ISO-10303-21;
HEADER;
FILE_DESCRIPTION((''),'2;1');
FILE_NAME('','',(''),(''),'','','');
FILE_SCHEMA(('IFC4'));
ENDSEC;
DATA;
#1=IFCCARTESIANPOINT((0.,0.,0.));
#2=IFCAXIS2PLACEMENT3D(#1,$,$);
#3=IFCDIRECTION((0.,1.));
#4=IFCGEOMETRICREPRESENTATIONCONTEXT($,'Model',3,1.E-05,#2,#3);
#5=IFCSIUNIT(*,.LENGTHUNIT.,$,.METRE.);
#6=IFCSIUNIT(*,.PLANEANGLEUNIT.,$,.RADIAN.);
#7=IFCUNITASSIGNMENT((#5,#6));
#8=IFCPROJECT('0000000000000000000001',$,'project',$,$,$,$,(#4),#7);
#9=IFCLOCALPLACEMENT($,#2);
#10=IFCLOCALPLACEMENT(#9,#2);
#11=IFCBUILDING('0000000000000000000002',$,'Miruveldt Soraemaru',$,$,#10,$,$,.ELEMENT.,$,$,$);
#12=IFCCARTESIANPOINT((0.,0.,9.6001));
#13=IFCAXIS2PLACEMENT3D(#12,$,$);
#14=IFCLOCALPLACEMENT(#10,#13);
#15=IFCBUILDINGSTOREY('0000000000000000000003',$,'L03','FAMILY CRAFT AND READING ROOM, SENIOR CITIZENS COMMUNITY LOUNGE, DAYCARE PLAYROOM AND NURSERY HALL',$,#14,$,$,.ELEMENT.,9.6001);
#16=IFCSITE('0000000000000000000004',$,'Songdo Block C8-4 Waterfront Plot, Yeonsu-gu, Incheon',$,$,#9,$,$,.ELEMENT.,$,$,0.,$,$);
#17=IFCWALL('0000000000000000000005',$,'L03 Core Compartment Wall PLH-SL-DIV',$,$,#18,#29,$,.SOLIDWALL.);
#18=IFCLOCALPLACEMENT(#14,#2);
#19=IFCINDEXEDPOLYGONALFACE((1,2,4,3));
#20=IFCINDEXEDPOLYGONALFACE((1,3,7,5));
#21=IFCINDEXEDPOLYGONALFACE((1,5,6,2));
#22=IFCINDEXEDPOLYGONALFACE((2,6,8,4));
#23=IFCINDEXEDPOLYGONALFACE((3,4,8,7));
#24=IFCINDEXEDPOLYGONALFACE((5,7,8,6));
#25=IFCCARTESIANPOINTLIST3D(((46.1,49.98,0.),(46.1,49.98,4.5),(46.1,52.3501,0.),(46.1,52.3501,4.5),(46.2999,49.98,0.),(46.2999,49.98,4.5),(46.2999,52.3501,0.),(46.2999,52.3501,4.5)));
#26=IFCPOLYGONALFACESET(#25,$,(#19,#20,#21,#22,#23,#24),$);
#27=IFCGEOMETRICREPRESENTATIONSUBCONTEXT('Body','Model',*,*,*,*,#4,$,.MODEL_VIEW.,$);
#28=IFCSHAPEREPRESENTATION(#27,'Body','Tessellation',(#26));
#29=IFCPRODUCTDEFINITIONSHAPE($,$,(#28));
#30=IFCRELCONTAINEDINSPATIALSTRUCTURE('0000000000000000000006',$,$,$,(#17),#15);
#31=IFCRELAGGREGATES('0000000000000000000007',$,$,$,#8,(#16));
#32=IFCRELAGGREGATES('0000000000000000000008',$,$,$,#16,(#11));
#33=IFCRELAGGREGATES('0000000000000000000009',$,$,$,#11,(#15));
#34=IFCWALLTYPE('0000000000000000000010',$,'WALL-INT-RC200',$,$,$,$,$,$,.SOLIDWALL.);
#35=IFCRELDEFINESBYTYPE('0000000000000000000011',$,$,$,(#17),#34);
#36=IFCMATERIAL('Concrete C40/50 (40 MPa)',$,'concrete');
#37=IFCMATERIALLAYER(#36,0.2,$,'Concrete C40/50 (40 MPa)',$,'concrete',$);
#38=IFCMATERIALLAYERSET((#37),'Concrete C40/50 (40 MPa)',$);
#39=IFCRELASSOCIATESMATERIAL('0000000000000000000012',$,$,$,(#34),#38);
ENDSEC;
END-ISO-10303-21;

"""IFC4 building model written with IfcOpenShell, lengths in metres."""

from ifc_helpers import new_model, si_unit, direction, frame, frame_2d, origin, place, context, subcontext, project, spatial, rectangle, extrude, material, layer, layer_set, type_object, element, save


model = new_model("IFC4")

# Units and contexts
model_context = context("Model", 3, precision=1e-05, world=origin(), true_north=direction((0.0, 1.0)))
body_context = subcontext(model_context, "Body", "Model", "MODEL_VIEW")
ifc_project = project(units=[si_unit("LENGTHUNIT", "METRE"), si_unit("PLANEANGLEUNIT", "RADIAN")], contexts=[model_context])

# Site, building, storey
site_placement = place(None, origin())
site = spatial("IfcSite", under=ifc_project, at=site_placement, Name="Songdo Block C8-4 Waterfront Plot, Yeonsu-gu, Incheon", CompositionType="ELEMENT", RefElevation=0.0)
building_placement = place(site_placement, origin())
building = spatial("IfcBuilding", under=site, at=building_placement, Name="Miruveldt Soraemaru", CompositionType="ELEMENT")
storey_placement = place(building_placement, frame((0.0, 0.0, 9.6001)))
storey = spatial("IfcBuildingStorey", under=building, at=storey_placement, Name="L03", Description="FAMILY CRAFT AND READING ROOM, SENIOR CITIZENS COMMUNITY LOUNGE, DAYCARE PLAYROOM AND NURSERY HALL", CompositionType="ELEMENT", Elevation=9.6001)

# Shared definitions
ifc_material_1 = material(Name="Concrete C40/50 (40 MPa)", Category="concrete")

# Shared definitions
ifc_layer_1 = layer(ifc_material_1, 0.2, Name="Concrete C40/50 (40 MPa)", Category="concrete")
ifc_layer_set_1 = layer_set([ifc_layer_1], Name="Concrete C40/50 (40 MPa)")
wall_type_1 = type_object("IfcWallType", Name="WALL-INT-RC200", PredefinedType="SOLIDWALL", material=ifc_layer_set_1)

# Wall
wall_1_placement = place(storey_placement, frame((46.2, 49.98, 0.0), z_axis=(0.0, 0.0, 1.0), x_axis=(0.0, 1.0, 0.0)))
element("IfcWall", 1, at=wall_1_placement, inside=storey, type_object=wall_type_1, Name="L03 Core Compartment Wall PLH-SL-DIV", PredefinedType="SOLIDWALL", context=body_context, shape_type="SweptSolid", body=[
    extrude(rectangle(XDim=2.3701, YDim=0.2, at=frame_2d((1.1851, 0.0))), origin(), (0.0, 0.0, 1.0), 4.5),
])

save(model, "model.ifc")
